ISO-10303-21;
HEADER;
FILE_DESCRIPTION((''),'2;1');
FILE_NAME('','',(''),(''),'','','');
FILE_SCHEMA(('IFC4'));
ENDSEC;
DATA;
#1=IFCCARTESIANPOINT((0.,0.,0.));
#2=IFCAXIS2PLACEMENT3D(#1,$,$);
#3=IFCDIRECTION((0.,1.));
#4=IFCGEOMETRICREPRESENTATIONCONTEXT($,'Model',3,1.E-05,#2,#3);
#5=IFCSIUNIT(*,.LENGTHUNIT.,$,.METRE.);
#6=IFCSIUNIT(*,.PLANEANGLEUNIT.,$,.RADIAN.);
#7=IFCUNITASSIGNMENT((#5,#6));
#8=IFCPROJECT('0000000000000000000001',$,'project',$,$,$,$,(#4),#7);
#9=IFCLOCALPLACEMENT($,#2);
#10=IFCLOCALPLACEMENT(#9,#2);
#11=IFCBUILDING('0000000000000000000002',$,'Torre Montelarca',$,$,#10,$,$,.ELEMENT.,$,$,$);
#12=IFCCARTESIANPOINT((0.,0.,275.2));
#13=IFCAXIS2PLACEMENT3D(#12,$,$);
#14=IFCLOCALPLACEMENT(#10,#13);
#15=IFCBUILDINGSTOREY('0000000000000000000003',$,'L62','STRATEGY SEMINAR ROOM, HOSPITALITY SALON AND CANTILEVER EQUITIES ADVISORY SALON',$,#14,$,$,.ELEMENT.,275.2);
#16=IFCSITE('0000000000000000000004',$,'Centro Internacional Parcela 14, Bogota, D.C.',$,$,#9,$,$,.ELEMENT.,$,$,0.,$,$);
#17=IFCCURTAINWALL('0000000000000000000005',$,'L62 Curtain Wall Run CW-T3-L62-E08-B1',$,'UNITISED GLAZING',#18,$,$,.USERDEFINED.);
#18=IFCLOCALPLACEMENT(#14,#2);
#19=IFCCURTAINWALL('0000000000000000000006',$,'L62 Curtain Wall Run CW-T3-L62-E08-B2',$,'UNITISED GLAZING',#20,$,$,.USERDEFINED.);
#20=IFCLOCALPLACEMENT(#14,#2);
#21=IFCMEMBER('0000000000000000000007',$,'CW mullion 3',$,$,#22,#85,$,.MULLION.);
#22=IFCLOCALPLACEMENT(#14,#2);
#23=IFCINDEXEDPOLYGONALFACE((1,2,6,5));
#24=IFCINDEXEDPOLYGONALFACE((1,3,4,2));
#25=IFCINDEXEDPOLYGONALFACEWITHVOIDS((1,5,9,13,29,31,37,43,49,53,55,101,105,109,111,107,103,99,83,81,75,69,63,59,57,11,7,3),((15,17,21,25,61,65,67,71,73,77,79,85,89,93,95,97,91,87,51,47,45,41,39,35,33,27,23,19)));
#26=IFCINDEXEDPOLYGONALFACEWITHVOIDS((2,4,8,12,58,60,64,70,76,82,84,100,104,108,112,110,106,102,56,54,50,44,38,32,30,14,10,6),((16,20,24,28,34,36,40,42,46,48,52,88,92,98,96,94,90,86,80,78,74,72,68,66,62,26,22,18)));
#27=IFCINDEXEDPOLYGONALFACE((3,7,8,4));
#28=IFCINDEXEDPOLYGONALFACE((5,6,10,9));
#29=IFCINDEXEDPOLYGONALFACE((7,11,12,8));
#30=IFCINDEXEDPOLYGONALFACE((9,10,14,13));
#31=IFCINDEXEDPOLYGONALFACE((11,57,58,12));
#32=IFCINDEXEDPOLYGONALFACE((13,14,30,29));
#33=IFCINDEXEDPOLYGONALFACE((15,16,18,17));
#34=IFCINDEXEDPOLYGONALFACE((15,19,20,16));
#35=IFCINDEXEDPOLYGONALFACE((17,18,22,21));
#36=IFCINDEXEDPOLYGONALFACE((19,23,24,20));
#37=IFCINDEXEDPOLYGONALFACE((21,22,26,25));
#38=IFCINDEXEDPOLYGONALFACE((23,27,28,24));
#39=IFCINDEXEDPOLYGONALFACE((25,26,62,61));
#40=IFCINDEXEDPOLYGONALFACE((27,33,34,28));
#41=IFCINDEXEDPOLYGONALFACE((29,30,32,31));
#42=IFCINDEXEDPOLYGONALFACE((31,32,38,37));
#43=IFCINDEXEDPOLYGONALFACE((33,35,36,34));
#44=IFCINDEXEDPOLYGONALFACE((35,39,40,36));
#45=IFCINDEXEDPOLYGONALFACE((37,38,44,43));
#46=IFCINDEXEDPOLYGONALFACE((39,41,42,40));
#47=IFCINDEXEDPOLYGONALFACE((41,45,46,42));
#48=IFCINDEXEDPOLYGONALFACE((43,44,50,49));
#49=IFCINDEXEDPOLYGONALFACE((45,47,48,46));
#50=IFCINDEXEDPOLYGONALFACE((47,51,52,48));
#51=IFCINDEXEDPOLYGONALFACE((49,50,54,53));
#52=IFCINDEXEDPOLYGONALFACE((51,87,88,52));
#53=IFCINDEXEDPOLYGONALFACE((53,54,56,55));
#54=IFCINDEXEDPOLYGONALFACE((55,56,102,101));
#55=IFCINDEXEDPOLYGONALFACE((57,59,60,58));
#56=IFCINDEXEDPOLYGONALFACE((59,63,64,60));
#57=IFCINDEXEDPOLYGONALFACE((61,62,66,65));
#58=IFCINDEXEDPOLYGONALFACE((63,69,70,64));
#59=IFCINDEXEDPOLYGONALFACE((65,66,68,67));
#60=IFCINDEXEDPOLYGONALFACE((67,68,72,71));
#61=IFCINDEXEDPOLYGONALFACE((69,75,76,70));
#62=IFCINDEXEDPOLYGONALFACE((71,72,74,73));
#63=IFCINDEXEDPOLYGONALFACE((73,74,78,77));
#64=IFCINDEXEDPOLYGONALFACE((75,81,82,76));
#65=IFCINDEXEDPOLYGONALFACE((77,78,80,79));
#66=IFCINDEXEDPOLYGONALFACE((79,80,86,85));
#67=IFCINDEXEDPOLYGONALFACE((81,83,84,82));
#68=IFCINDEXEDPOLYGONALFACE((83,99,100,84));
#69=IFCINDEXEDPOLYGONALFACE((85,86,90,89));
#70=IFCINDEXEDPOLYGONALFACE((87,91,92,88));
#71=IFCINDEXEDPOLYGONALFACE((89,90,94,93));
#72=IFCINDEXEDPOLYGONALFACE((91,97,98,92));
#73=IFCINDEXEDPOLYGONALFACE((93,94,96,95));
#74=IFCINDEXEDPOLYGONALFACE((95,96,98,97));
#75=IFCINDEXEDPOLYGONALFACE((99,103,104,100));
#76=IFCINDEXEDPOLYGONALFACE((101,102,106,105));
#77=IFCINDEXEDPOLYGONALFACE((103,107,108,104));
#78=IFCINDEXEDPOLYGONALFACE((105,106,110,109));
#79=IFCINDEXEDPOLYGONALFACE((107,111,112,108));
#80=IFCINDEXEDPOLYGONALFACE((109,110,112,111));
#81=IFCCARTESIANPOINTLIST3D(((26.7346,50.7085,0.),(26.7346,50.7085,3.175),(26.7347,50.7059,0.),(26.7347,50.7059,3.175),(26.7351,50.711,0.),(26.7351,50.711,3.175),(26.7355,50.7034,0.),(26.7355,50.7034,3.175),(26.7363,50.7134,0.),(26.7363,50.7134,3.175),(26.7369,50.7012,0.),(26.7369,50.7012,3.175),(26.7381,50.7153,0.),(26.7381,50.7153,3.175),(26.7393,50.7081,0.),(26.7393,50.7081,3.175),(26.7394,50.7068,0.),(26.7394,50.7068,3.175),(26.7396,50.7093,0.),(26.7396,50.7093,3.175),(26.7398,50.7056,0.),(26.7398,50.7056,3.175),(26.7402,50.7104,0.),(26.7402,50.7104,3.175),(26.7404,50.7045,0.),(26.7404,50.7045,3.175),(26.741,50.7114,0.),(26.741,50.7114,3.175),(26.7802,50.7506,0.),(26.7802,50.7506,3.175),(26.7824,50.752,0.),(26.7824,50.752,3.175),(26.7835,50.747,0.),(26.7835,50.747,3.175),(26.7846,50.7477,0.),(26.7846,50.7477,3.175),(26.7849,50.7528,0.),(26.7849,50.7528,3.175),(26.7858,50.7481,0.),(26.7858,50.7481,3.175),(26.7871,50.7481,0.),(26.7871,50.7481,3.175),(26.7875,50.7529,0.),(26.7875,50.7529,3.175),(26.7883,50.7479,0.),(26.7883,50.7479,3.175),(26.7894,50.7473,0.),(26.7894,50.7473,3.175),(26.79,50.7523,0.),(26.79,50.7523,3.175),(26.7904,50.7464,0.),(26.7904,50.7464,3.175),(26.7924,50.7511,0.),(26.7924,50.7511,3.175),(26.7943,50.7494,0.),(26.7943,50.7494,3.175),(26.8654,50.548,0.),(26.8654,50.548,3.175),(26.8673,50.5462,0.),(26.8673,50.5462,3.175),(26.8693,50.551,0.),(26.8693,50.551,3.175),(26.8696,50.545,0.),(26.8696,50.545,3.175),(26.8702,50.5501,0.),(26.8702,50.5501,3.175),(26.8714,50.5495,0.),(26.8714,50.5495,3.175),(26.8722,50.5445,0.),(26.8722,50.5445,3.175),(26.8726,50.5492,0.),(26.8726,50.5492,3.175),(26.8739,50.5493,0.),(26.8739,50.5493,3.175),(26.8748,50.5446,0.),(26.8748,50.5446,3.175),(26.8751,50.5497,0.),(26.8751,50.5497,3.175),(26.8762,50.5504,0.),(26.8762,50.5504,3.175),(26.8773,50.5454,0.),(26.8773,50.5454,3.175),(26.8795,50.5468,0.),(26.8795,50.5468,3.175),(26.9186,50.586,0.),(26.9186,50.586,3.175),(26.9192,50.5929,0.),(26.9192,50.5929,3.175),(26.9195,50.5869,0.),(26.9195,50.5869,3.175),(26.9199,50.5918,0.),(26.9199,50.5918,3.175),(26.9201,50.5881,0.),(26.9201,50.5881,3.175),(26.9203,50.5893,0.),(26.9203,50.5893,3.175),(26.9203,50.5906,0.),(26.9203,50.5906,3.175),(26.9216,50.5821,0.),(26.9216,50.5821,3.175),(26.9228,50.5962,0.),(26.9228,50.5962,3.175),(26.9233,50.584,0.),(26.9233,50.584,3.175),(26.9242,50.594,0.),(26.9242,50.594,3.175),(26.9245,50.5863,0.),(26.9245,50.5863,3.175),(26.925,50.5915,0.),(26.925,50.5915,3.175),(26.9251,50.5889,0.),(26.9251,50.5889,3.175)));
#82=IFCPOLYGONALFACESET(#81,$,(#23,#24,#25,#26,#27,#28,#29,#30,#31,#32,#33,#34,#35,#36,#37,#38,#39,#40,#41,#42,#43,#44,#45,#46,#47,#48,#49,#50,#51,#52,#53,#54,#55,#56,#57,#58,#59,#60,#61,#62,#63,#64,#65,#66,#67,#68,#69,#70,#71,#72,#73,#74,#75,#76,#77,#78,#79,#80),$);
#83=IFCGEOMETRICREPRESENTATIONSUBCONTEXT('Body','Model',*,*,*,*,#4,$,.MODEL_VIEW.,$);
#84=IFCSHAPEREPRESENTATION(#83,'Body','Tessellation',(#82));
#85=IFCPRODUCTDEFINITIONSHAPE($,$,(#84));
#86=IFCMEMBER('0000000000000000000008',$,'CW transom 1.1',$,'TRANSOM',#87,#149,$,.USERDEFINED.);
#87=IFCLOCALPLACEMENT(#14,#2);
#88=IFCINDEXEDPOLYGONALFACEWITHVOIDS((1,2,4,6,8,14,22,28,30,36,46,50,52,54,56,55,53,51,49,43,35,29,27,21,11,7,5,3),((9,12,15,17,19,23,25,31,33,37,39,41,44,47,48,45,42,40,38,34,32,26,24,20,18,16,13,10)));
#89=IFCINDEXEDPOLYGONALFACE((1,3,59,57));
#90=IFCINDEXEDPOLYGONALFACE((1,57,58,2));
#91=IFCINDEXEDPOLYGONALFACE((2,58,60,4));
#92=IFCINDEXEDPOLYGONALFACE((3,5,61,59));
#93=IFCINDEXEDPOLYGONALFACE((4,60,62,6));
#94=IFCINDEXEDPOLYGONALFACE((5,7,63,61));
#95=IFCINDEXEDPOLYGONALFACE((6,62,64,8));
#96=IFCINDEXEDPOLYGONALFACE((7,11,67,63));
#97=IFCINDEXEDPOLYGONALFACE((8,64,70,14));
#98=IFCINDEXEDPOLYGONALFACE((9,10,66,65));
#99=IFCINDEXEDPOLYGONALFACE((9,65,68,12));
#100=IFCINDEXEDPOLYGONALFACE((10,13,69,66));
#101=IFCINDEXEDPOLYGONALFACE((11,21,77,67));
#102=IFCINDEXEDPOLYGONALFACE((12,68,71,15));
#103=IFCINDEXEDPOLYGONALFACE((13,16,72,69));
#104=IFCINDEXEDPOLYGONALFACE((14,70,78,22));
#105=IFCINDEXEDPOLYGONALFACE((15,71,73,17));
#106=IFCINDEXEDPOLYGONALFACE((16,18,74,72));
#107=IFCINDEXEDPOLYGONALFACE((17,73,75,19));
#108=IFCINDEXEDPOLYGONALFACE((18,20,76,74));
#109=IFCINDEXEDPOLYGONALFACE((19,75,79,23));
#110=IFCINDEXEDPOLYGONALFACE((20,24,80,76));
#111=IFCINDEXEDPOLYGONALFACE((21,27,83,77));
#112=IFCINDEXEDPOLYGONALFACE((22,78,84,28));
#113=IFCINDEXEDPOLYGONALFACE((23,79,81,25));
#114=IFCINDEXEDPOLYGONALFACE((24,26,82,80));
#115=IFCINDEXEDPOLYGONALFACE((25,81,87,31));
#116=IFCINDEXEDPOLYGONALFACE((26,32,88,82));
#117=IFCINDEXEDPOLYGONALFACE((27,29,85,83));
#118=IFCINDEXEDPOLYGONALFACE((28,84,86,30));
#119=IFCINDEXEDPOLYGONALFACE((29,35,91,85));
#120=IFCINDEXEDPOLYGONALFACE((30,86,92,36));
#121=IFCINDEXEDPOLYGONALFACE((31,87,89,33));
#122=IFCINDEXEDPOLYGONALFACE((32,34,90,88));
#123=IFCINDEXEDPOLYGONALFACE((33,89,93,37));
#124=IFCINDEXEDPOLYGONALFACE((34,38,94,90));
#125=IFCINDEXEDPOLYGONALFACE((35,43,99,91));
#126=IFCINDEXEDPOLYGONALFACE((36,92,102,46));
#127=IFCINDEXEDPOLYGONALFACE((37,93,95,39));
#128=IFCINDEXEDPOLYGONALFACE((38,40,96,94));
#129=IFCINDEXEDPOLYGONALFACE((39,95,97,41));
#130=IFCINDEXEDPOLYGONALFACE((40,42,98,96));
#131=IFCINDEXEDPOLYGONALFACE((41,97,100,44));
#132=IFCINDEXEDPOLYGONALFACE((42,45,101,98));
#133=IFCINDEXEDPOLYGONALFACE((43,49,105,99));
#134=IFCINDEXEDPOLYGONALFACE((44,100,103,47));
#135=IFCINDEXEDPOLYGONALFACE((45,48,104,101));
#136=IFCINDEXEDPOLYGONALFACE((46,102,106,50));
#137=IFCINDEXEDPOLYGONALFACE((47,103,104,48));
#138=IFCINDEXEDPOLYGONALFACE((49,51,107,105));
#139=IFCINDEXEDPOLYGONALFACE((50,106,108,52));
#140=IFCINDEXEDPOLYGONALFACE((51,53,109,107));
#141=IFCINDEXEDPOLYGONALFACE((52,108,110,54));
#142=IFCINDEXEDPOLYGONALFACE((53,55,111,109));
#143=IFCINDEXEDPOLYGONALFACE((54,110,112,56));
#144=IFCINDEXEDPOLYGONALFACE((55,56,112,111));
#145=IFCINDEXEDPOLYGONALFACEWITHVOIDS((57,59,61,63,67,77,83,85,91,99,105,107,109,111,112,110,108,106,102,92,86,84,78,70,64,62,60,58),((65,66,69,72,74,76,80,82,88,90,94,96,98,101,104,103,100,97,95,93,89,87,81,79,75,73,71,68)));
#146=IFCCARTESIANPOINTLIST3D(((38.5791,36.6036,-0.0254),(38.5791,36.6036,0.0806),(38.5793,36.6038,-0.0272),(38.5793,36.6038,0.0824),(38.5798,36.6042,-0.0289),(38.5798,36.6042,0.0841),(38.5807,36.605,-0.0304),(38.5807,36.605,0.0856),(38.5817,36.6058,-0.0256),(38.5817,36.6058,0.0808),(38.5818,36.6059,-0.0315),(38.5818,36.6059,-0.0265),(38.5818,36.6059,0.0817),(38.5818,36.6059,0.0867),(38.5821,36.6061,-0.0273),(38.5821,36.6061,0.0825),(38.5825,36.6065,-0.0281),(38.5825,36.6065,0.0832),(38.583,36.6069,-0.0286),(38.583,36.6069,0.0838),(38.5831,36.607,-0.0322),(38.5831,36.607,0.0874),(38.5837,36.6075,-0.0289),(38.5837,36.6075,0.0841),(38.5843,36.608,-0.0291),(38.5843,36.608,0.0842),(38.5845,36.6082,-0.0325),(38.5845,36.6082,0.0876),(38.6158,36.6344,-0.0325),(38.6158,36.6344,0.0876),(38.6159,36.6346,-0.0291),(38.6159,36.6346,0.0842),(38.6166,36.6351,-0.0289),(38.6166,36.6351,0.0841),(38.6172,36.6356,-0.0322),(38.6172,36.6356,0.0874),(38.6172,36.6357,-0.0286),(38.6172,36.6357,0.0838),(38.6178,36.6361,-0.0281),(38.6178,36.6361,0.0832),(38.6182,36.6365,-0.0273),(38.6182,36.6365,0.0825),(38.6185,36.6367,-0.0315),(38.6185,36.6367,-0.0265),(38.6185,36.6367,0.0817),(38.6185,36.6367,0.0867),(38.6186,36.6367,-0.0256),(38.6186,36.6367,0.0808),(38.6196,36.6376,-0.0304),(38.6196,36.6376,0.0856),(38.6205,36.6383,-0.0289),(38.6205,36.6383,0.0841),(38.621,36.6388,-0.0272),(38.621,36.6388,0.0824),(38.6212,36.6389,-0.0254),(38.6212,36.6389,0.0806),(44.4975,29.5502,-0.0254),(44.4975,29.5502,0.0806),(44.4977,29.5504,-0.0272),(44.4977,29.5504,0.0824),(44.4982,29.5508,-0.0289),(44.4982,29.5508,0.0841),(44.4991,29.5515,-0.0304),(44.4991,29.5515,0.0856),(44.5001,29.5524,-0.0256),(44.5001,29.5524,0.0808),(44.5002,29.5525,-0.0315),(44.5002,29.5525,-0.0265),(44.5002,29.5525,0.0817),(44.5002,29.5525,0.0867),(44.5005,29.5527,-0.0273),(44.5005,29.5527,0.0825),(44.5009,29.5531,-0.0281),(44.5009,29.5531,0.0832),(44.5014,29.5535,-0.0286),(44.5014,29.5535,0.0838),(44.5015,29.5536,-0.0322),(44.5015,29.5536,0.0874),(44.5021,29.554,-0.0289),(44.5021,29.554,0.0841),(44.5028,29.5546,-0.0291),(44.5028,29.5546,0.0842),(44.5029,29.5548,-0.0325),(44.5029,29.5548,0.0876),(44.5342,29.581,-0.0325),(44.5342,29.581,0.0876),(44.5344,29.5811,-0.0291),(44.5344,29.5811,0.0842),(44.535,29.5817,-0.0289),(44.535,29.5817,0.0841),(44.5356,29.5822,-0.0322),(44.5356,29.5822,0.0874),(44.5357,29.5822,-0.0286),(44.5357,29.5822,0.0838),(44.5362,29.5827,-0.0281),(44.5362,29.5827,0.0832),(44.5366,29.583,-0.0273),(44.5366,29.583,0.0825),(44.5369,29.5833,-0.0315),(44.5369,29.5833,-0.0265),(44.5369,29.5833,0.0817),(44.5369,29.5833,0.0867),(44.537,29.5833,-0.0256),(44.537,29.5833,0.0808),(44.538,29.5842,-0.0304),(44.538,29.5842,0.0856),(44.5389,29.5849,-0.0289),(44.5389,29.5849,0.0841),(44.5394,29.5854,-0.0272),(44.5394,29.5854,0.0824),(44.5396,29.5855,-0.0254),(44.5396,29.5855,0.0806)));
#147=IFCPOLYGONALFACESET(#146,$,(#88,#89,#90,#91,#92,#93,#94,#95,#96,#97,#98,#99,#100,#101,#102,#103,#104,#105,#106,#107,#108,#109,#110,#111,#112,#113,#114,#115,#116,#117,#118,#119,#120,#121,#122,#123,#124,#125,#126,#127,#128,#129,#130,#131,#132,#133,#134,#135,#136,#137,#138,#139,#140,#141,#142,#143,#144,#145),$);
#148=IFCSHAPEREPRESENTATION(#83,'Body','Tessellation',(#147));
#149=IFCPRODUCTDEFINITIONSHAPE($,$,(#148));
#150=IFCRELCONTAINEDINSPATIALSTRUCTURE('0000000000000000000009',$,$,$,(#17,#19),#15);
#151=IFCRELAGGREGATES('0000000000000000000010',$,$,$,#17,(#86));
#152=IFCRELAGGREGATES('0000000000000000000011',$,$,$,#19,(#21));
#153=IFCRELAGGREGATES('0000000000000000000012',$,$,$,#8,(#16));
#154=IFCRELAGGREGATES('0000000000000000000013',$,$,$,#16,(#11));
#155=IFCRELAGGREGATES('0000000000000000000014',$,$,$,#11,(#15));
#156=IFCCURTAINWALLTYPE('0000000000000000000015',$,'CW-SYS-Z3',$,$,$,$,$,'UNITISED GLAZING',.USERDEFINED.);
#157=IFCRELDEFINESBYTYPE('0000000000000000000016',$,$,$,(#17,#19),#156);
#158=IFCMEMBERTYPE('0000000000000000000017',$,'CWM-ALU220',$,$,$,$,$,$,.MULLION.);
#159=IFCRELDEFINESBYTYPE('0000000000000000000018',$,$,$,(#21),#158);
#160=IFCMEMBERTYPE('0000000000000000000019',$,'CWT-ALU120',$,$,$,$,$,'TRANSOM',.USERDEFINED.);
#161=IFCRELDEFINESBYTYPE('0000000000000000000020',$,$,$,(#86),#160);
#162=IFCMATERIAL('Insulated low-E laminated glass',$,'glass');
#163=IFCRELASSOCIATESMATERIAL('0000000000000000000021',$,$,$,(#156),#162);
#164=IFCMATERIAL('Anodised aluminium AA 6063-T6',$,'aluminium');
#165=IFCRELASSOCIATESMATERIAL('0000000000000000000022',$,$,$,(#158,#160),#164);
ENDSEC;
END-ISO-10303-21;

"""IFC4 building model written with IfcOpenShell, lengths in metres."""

from ifc_helpers import new_model, si_unit, direction, frame, origin, origin_2d, place, context, subcontext, project, spatial, hollow_rectangle, extrude, source, transform, mapped, material, material_profile, profile_set, type_object, element, aggregate, save


model = new_model("IFC4")

# Units and contexts
model_context = context("Model", 3, precision=1e-05, world=origin(), true_north=direction((0.0, 1.0)))
body_context = subcontext(model_context, "Body", "Model", "MODEL_VIEW")
ifc_project = project(units=[si_unit("LENGTHUNIT", "METRE"), si_unit("PLANEANGLEUNIT", "RADIAN")], contexts=[model_context])

# Site, building, storey
site_placement = place(None, origin())
site = spatial("IfcSite", under=ifc_project, at=site_placement, Name="Centro Internacional Parcela 14, Bogota, D.C.", CompositionType="ELEMENT", RefElevation=0.0)
building_placement = place(site_placement, origin())
building = spatial("IfcBuilding", under=site, at=building_placement, Name="Torre Montelarca", CompositionType="ELEMENT")
storey_placement = place(building_placement, frame((0.0, 0.0, 275.2)))
storey = spatial("IfcBuildingStorey", under=building, at=storey_placement, Name="L62", Description="STRATEGY SEMINAR ROOM, HOSPITALITY SALON AND CANTILEVER EQUITIES ADVISORY SALON", CompositionType="ELEMENT", Elevation=275.2)

# Shared definitions
ifc_material_1 = material(Name="Insulated low-E laminated glass", Category="glass")
curtain_wall_type = type_object("IfcCurtainWallType", Name="CW-SYS-Z3", ElementType="UNITISED GLAZING", PredefinedType="USERDEFINED", material=ifc_material_1)
ifc_material_2 = material(Name="Anodised aluminium AA 6063-T6", Category="aluminium")
ifc_material_profile_1 = material_profile(ifc_material_2, hollow_rectangle(XDim=0.075, YDim=0.22, WallThickness=0.0049, InnerFilletRadius=0.0049, OuterFilletRadius=0.01, at=origin_2d()), Name="ALU75X220X5", Category="aluminium")
ifc_profile_set_1 = profile_set([ifc_material_profile_1], Name="Anodised aluminium AA 6063-T6")
member_type_1 = type_object("IfcMemberType", Name="CWM-ALU220", PredefinedType="MULLION", material=ifc_profile_set_1)

# Curtain walls, member
curtain_wall_1_placement = place(storey_placement, origin())
curtain_wall_1 = element("IfcCurtainWall", 1, at=curtain_wall_1_placement, inside=storey, type_object=curtain_wall_type, Name="L62 Curtain Wall Run CW-T3-L62-E08-B1", ObjectType="UNITISED GLAZING", PredefinedType="USERDEFINED")
shared_shape_1 = source(origin(), body_context, "Body", "SweptSolid", [
    extrude(hollow_rectangle(XDim=0.075, YDim=0.22, WallThickness=0.0049, InnerFilletRadius=0.0049, OuterFilletRadius=0.01, at=origin_2d()), origin(), (0.0, 0.0, 1.0), 3.175),
])
curtain_wall_2_placement = place(storey_placement, origin())
curtain_wall_2 = element("IfcCurtainWall", 2, at=curtain_wall_2_placement, inside=storey, type_object=curtain_wall_type, Name="L62 Curtain Wall Run CW-T3-L62-E08-B2", ObjectType="UNITISED GLAZING", PredefinedType="USERDEFINED")
member_1_placement = place(storey_placement, frame((26.8298, 50.6487, 0.0), z_axis=(0.0, 0.0, 1.0), x_axis=(-0.766047, -0.642785, 0.0)))
member_1 = element("IfcMember", 3, at=member_1_placement, type_object=member_type_1, Name="CW mullion 3", PredefinedType="MULLION", context=body_context, shape_type="MappedRepresentation", body=[
    mapped(shared_shape_1, transform((0.0, 0.0, 0.0), scale=1.0)),
])

# Member
ifc_material_profile_2 = material_profile(ifc_material_2, hollow_rectangle(XDim=0.0549, YDim=0.1201, WallThickness=0.0034, InnerFilletRadius=0.0034, OuterFilletRadius=0.0071, at=origin_2d()), Name="ALU55X120X3.5", Category="aluminium")
ifc_profile_set_2 = profile_set([ifc_material_profile_2], Name="Anodised aluminium AA 6063-T6")
member_type_2 = type_object("IfcMemberType", Name="CWT-ALU120", ElementType="TRANSOM", PredefinedType="USERDEFINED", material=ifc_profile_set_2)
shared_shape_2 = source(origin(), body_context, "Body", "SweptSolid", [
    extrude(hollow_rectangle(XDim=0.0549, YDim=0.1201, WallThickness=0.0034, InnerFilletRadius=0.0034, OuterFilletRadius=0.0071, at=origin_2d()), origin(), (0.0, 0.0, 1.0), 9.2075),
])
member_2_placement = place(storey_placement, frame((44.5186, 29.5679, 0.0276), z_axis=(-0.642781, 0.76605, 0.0), x_axis=(-0.76605, -0.642781, 0.0)))
member_2 = element("IfcMember", 4, at=member_2_placement, type_object=member_type_2, Name="CW transom 1.1", ObjectType="TRANSOM", PredefinedType="USERDEFINED", context=body_context, shape_type="MappedRepresentation", body=[
    mapped(shared_shape_2, transform((0.0, 0.0, 0.0), scale=1.0)),
])

aggregate(curtain_wall_1, [member_2])
aggregate(curtain_wall_2, [member_1])

save(model, "model.ifc")
